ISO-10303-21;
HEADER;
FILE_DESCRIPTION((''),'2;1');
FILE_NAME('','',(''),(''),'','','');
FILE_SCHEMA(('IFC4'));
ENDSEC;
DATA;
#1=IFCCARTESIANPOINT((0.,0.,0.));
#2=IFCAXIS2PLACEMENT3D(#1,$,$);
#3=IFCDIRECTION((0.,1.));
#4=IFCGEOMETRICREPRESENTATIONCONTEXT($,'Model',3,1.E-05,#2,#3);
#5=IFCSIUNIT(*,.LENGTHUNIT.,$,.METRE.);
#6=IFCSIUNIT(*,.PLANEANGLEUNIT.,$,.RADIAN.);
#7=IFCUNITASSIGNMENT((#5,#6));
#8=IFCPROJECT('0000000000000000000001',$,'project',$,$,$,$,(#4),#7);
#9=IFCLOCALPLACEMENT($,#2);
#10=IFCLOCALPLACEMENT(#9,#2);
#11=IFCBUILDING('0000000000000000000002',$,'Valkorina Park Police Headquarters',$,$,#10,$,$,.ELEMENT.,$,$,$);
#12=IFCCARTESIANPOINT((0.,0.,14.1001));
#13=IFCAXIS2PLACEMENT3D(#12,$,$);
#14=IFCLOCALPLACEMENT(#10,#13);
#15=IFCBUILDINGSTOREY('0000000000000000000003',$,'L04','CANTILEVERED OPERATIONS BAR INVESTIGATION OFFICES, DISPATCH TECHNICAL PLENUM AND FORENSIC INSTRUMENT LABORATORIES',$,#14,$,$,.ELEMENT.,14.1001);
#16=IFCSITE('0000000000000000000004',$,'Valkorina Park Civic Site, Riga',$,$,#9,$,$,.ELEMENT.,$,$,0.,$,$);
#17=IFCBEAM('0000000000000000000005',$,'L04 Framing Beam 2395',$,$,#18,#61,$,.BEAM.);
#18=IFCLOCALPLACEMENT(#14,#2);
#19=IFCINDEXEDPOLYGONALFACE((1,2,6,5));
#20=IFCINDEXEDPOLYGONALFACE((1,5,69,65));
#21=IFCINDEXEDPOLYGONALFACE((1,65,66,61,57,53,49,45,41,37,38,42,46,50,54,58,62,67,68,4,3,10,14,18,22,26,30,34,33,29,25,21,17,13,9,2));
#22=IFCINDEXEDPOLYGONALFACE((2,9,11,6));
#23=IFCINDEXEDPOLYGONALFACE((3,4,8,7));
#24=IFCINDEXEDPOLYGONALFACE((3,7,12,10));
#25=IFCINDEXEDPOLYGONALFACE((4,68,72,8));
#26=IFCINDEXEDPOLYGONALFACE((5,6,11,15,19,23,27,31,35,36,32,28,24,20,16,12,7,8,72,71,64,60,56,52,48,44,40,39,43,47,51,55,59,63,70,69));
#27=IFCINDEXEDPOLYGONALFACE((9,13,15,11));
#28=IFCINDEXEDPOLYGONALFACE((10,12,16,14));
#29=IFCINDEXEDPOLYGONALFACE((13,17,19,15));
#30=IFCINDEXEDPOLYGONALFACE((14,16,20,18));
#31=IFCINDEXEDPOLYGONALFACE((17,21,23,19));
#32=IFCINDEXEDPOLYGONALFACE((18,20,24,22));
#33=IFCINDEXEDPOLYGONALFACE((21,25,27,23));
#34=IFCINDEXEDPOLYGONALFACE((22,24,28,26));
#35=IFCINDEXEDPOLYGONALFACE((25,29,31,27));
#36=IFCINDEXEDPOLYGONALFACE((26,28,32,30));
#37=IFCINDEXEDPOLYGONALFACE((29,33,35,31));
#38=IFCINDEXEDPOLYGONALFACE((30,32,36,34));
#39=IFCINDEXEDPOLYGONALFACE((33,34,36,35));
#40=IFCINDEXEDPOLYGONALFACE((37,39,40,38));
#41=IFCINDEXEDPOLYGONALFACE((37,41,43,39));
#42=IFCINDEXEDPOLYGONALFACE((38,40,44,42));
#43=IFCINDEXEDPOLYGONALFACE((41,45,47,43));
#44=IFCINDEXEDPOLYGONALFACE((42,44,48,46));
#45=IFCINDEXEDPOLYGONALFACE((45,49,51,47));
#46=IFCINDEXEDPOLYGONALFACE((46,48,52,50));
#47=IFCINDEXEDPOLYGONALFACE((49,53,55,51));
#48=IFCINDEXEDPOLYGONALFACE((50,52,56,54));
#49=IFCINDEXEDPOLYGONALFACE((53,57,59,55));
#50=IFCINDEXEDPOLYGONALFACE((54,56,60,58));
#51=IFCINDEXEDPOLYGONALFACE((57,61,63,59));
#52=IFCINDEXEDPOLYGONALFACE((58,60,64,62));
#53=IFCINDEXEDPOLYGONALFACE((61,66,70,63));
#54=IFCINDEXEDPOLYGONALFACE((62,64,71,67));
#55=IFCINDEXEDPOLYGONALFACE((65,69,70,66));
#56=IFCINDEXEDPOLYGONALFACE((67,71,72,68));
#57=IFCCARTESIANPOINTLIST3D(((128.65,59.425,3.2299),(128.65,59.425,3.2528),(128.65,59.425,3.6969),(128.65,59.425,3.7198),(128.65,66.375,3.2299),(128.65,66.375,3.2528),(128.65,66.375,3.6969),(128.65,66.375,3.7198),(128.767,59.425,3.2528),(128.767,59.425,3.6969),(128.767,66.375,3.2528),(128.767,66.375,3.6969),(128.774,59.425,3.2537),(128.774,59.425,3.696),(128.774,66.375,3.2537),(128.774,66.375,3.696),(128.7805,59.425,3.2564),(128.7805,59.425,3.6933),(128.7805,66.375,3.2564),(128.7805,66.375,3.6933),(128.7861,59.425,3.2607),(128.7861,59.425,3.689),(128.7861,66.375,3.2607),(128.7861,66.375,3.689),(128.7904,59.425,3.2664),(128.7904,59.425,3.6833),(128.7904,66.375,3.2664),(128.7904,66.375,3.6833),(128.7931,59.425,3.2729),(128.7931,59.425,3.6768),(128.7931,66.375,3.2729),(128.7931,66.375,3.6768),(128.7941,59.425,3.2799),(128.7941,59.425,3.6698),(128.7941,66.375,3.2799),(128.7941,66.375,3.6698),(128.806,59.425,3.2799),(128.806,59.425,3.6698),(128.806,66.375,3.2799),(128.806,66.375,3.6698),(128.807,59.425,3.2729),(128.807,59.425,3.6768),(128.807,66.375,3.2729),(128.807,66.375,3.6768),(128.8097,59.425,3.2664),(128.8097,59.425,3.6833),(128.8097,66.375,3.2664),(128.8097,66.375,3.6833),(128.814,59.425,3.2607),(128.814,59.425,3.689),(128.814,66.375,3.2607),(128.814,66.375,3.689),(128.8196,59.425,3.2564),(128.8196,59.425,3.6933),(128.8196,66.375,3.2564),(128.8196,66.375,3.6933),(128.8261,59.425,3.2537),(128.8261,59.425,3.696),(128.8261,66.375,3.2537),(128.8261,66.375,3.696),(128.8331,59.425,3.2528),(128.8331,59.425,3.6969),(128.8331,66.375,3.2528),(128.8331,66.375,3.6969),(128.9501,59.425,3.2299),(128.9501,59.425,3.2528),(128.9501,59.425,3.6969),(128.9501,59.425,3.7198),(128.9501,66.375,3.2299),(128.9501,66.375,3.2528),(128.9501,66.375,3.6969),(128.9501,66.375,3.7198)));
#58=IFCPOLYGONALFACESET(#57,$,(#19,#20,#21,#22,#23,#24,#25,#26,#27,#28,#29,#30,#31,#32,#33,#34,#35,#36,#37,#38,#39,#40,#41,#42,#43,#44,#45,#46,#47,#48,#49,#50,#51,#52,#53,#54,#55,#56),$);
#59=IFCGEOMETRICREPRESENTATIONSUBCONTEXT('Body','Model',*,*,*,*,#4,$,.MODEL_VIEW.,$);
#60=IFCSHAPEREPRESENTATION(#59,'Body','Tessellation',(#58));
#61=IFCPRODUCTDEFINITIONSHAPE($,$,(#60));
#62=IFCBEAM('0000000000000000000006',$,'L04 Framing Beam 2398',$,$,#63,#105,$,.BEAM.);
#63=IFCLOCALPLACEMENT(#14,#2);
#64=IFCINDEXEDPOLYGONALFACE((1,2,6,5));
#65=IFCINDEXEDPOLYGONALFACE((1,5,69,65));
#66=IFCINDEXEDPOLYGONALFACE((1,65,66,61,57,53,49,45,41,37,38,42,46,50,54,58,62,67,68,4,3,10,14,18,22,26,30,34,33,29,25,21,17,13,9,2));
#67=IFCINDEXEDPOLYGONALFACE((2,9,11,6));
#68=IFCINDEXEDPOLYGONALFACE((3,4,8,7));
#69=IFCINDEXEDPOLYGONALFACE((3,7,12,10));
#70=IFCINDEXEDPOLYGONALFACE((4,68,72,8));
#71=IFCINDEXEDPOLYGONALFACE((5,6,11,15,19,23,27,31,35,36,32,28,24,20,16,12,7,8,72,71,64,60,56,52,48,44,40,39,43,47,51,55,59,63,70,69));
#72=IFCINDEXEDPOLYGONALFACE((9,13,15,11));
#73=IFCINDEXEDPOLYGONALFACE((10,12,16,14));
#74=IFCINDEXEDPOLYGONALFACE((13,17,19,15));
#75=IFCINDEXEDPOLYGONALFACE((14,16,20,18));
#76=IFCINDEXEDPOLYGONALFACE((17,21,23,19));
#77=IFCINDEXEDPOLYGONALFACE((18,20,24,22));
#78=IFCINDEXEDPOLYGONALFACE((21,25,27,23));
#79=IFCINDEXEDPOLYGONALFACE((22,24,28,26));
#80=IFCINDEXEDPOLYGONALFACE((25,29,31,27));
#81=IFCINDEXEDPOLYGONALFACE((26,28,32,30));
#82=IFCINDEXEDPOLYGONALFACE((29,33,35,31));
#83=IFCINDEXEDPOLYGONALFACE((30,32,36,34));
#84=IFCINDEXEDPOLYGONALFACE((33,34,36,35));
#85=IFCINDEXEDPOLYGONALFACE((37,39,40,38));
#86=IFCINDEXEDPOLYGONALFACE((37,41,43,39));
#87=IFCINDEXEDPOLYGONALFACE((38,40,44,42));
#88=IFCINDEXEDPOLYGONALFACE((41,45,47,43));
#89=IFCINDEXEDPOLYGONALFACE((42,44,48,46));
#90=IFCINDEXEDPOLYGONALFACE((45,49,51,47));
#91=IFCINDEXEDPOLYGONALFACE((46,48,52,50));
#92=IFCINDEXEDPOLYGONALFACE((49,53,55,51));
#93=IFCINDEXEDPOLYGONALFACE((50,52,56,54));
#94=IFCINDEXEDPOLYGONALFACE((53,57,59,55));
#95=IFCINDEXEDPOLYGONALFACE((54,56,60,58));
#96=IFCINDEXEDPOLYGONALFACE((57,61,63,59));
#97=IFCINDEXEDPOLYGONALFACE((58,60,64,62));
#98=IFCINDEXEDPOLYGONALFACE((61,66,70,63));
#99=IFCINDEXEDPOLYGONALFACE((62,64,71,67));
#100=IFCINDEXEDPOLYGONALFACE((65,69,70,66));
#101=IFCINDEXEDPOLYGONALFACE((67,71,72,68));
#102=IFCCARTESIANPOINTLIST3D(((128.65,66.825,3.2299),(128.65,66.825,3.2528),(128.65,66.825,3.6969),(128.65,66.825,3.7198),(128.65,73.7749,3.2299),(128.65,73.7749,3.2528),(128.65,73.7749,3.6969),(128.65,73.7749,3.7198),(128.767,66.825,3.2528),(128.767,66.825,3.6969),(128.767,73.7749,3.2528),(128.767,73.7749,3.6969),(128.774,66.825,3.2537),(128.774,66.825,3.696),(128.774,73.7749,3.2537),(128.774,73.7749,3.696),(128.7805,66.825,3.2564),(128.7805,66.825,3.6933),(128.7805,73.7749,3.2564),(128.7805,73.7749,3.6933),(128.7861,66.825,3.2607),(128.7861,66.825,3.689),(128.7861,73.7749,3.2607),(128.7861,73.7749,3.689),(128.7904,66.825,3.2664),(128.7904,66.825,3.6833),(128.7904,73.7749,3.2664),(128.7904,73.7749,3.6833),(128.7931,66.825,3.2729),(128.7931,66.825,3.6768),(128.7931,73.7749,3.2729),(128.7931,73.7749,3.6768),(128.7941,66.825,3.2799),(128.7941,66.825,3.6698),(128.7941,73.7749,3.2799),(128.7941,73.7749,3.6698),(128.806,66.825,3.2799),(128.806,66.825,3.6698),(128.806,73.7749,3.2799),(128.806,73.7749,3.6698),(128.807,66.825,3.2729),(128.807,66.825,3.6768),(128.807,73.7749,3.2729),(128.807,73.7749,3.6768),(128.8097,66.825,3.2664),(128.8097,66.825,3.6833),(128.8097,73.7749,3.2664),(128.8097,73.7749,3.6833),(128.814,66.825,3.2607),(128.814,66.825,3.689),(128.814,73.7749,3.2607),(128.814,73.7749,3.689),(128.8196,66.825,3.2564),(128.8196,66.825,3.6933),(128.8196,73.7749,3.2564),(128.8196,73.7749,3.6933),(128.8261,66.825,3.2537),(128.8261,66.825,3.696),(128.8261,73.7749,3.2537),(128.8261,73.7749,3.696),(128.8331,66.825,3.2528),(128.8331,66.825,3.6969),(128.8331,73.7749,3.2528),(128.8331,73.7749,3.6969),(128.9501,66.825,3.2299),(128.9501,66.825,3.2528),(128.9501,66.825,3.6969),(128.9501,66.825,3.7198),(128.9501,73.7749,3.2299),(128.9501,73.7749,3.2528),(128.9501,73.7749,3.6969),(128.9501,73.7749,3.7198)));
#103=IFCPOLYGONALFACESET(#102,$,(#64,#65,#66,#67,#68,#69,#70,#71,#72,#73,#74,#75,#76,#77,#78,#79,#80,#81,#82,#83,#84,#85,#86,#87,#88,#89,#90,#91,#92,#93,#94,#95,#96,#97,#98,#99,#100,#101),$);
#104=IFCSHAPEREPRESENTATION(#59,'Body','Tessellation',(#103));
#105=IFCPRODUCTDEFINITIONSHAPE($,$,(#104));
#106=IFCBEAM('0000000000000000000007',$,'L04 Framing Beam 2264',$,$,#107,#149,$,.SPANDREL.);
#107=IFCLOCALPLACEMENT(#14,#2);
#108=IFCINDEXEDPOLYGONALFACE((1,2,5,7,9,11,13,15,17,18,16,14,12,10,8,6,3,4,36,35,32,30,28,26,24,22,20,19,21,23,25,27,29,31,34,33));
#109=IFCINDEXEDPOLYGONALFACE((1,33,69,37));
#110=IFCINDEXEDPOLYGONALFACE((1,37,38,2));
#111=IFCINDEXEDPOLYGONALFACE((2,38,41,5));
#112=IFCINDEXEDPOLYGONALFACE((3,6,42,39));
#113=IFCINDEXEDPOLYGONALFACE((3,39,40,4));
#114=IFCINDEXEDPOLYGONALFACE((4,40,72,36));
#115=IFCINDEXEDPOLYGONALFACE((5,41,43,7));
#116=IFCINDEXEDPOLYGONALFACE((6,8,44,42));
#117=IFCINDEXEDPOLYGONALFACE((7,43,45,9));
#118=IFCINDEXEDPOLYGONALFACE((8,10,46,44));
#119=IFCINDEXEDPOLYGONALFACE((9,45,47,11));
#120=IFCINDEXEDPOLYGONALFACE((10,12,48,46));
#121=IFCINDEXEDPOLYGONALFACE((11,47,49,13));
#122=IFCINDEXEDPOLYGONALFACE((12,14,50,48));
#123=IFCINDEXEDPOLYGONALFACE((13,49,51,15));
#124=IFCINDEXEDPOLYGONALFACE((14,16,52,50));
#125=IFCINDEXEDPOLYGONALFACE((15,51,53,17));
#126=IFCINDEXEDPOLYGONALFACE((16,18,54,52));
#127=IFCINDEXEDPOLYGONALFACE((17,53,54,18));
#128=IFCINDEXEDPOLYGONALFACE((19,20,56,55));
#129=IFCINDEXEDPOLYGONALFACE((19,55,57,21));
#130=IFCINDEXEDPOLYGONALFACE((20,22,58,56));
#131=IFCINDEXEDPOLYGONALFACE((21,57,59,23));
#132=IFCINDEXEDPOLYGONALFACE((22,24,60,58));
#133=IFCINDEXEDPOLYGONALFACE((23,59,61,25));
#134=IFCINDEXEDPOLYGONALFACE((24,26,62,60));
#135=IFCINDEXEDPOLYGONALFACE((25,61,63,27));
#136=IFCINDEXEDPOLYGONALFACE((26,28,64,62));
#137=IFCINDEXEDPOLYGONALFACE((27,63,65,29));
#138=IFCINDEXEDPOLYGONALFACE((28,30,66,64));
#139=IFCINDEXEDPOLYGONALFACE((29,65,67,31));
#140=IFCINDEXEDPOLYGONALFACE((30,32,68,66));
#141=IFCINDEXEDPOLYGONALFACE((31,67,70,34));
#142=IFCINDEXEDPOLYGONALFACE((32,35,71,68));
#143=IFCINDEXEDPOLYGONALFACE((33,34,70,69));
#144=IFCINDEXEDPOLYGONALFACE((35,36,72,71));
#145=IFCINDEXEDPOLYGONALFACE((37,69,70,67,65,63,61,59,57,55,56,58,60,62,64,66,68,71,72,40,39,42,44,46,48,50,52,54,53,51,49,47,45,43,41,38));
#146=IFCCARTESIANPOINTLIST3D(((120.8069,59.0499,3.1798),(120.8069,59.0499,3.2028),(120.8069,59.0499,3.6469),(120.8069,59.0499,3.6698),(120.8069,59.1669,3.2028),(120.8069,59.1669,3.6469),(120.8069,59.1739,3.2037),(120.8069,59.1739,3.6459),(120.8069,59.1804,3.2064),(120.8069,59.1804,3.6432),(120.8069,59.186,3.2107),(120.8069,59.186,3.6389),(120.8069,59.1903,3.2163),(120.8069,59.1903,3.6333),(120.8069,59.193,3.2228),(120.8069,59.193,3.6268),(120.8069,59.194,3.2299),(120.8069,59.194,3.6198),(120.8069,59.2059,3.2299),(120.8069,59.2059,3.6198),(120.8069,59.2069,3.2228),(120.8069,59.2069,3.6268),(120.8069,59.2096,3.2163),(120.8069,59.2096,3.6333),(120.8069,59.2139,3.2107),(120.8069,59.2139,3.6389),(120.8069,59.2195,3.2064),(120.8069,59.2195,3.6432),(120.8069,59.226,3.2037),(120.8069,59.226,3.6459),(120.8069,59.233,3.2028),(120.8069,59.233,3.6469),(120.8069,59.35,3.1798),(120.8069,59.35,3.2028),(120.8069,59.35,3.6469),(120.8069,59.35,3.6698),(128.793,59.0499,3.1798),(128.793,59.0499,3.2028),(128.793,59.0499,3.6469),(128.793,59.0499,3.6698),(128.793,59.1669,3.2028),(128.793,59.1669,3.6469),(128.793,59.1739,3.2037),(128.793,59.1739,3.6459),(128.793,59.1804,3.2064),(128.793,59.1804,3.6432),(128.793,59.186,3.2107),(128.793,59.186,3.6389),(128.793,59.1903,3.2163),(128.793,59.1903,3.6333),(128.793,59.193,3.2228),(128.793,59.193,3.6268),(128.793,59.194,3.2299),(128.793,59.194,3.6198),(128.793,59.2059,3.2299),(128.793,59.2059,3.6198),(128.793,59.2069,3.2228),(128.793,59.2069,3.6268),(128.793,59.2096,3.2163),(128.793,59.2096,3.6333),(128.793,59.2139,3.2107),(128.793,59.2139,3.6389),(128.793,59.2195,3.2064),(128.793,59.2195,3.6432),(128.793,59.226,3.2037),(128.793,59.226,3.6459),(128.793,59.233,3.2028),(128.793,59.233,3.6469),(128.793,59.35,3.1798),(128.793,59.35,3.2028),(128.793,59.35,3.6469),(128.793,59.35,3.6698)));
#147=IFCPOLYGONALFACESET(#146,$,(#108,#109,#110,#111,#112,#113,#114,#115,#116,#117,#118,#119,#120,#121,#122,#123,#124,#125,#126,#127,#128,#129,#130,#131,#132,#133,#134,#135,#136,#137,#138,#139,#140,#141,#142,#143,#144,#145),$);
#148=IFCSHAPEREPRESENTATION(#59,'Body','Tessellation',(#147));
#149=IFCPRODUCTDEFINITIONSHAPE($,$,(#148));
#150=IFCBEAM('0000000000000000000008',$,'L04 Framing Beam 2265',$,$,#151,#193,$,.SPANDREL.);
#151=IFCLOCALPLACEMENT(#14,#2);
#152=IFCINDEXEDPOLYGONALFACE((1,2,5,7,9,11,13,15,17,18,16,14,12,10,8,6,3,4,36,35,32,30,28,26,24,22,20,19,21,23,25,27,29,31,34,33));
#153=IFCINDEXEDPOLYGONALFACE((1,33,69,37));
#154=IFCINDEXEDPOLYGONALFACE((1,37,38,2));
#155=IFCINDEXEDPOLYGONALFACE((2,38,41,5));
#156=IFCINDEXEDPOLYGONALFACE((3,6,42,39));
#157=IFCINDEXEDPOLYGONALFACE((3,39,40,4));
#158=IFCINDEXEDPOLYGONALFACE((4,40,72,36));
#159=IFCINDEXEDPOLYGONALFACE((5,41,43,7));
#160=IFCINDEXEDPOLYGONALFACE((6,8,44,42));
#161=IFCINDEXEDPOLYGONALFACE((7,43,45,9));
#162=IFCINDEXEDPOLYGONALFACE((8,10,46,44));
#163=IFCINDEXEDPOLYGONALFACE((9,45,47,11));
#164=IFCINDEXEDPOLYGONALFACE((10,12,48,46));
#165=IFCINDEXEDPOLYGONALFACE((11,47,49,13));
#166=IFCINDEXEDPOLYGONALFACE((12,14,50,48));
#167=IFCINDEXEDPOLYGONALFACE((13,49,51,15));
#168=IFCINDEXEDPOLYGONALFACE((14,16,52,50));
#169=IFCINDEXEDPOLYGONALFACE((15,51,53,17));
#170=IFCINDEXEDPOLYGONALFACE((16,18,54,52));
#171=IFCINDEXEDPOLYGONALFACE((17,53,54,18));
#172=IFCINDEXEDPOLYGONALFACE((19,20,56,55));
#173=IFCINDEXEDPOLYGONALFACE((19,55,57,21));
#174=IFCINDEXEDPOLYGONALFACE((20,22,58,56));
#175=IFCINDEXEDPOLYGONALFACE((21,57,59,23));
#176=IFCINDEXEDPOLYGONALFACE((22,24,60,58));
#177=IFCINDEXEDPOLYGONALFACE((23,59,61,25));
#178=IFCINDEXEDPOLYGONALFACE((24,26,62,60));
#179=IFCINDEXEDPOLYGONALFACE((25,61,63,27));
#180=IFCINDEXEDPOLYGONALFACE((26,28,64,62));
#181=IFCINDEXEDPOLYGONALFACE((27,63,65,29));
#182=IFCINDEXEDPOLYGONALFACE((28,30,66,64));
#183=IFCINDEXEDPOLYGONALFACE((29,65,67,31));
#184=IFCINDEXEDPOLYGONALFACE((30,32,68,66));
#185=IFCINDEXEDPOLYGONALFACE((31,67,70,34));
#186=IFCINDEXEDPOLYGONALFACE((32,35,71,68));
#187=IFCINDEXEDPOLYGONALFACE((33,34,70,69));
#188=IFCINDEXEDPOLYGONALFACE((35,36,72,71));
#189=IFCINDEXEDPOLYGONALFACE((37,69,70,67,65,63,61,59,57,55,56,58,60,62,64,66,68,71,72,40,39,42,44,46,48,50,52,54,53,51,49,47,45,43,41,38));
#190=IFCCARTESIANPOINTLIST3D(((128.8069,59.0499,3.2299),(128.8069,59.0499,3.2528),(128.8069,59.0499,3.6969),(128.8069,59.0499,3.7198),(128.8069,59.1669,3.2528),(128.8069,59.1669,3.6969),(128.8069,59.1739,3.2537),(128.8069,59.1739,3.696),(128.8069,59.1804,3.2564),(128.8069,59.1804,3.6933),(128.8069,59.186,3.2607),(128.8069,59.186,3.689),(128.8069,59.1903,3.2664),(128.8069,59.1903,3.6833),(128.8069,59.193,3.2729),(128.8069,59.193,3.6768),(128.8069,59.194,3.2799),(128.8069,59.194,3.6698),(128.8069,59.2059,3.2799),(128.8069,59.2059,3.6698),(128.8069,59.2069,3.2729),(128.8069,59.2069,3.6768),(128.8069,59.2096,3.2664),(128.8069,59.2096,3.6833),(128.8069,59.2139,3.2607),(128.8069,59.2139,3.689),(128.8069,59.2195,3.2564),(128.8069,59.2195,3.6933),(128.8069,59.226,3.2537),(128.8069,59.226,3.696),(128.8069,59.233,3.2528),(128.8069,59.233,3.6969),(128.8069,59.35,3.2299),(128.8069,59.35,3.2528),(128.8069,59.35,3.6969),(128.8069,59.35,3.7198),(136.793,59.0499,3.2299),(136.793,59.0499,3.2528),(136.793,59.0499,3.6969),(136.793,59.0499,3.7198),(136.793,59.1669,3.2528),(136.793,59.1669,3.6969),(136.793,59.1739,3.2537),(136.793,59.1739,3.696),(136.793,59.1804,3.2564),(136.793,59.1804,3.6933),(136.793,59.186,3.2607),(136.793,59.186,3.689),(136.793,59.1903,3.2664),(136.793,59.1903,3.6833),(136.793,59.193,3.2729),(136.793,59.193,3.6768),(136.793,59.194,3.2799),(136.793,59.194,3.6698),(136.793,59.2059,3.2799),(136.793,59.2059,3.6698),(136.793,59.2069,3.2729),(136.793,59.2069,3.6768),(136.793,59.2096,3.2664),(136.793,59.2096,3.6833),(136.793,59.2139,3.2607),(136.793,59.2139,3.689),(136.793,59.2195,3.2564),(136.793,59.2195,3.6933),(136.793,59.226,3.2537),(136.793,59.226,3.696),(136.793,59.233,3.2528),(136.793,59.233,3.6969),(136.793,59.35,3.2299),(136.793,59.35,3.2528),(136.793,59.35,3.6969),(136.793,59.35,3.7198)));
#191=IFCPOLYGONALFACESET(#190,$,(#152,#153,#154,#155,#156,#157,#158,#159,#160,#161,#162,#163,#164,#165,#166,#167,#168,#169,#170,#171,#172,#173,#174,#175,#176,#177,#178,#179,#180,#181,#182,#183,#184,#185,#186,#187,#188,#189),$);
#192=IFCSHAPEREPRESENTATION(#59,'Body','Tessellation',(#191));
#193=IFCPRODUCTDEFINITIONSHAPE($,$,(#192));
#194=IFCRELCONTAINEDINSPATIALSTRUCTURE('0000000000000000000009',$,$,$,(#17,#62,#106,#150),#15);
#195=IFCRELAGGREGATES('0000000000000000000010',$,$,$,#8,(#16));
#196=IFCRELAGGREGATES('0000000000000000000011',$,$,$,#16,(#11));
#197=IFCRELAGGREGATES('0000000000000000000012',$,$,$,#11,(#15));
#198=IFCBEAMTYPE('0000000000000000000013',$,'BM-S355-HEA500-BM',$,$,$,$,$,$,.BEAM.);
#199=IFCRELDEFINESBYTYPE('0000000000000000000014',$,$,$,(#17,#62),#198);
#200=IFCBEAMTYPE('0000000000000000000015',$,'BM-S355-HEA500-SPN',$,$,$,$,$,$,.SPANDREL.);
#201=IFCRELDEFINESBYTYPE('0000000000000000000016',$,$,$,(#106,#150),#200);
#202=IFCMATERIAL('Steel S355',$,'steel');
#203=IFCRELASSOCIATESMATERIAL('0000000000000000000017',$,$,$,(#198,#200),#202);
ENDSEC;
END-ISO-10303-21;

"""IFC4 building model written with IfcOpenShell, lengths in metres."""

from ifc_helpers import new_model, si_unit, direction, frame, origin, origin_2d, place, context, subcontext, project, spatial, i_section, extrude, material, material_profile, profile_set, type_object, element, save


model = new_model("IFC4")

# Units and contexts
model_context = context("Model", 3, precision=1e-05, world=origin(), true_north=direction((0.0, 1.0)))
body_context = subcontext(model_context, "Body", "Model", "MODEL_VIEW")
ifc_project = project(units=[si_unit("LENGTHUNIT", "METRE"), si_unit("PLANEANGLEUNIT", "RADIAN")], contexts=[model_context])

# Site, building, storey
site_placement = place(None, origin())
site = spatial("IfcSite", under=ifc_project, at=site_placement, Name="Valkorina Park Civic Site, Riga", CompositionType="ELEMENT", RefElevation=0.0)
building_placement = place(site_placement, origin())
building = spatial("IfcBuilding", under=site, at=building_placement, Name="Valkorina Park Police Headquarters", CompositionType="ELEMENT")
storey_placement = place(building_placement, frame((0.0, 0.0, 14.1001)))
storey = spatial("IfcBuildingStorey", under=building, at=storey_placement, Name="L04", Description="CANTILEVERED OPERATIONS BAR INVESTIGATION OFFICES, DISPATCH TECHNICAL PLENUM AND FORENSIC INSTRUMENT LABORATORIES", CompositionType="ELEMENT", Elevation=14.1001)

# Shared definitions
ifc_material_1 = material(Name="Steel S355", Category="steel")

# Beams
ifc_material_profile_1 = material_profile(ifc_material_1, i_section(OverallWidth=0.3, OverallDepth=0.49, WebThickness=0.012, FlangeThickness=0.0229, FilletRadius=0.0271, at=origin_2d()), Name="HEA 500")
ifc_profile_set_1 = profile_set([ifc_material_profile_1], Name="Steel S355")
beam_type_1 = type_object("IfcBeamType", Name="BM-S355-HEA500-BM", PredefinedType="BEAM", material=ifc_profile_set_1)
for number, where, z_axis, x_axis, name in (
    (1, (128.8, 59.425, 3.4749), (0.0, 1.0, 0.0), (-1.0, 0.0, 0.0), "L04 Framing Beam 2395"),
    (2, (128.8, 66.825, 3.4749), (0.0, 1.0, 0.0), (-1.0, 0.0, 0.0), "L04 Framing Beam 2398"),
):
    element("IfcBeam", number, at=place(storey_placement, frame(where, z_axis=z_axis, x_axis=x_axis)), inside=storey, type_object=beam_type_1, Name=name, PredefinedType="BEAM", context=body_context, shape_type="SweptSolid", body=[
        extrude(i_section(OverallWidth=0.3, OverallDepth=0.49, WebThickness=0.012, FlangeThickness=0.0229, FilletRadius=0.0271, at=origin_2d()), origin(), (0.0, 0.0, 1.0), 6.95),
    ])
ifc_material_profile_2 = material_profile(ifc_material_1, i_section(OverallWidth=0.3, OverallDepth=0.49, WebThickness=0.012, FlangeThickness=0.0229, FilletRadius=0.0271, at=origin_2d()), Name="HEA 500")
ifc_profile_set_2 = profile_set([ifc_material_profile_2], Name="Steel S355")
beam_type_2 = type_object("IfcBeamType", Name="BM-S355-HEA500-SPN", PredefinedType="SPANDREL", material=ifc_profile_set_2)
for number, where, z_axis, x_axis, name in (
    (3, (120.8069, 59.2, 3.4248), (1.0, 0.0, 0.0), (0.0, 1.0, 0.0), "L04 Framing Beam 2264"),
    (4, (128.8069, 59.2, 3.4749), (1.0, 0.0, 0.0), (0.0, 1.0, 0.0), "L04 Framing Beam 2265"),
):
    element("IfcBeam", number, at=place(storey_placement, frame(where, z_axis=z_axis, x_axis=x_axis)), inside=storey, type_object=beam_type_2, Name=name, PredefinedType="SPANDREL", context=body_context, shape_type="SweptSolid", body=[
        extrude(i_section(OverallWidth=0.3, OverallDepth=0.49, WebThickness=0.012, FlangeThickness=0.0229, FilletRadius=0.0271, at=origin_2d()), origin(), (0.0, 0.0, 1.0), 7.9861),
    ])

save(model, "model.ifc")
